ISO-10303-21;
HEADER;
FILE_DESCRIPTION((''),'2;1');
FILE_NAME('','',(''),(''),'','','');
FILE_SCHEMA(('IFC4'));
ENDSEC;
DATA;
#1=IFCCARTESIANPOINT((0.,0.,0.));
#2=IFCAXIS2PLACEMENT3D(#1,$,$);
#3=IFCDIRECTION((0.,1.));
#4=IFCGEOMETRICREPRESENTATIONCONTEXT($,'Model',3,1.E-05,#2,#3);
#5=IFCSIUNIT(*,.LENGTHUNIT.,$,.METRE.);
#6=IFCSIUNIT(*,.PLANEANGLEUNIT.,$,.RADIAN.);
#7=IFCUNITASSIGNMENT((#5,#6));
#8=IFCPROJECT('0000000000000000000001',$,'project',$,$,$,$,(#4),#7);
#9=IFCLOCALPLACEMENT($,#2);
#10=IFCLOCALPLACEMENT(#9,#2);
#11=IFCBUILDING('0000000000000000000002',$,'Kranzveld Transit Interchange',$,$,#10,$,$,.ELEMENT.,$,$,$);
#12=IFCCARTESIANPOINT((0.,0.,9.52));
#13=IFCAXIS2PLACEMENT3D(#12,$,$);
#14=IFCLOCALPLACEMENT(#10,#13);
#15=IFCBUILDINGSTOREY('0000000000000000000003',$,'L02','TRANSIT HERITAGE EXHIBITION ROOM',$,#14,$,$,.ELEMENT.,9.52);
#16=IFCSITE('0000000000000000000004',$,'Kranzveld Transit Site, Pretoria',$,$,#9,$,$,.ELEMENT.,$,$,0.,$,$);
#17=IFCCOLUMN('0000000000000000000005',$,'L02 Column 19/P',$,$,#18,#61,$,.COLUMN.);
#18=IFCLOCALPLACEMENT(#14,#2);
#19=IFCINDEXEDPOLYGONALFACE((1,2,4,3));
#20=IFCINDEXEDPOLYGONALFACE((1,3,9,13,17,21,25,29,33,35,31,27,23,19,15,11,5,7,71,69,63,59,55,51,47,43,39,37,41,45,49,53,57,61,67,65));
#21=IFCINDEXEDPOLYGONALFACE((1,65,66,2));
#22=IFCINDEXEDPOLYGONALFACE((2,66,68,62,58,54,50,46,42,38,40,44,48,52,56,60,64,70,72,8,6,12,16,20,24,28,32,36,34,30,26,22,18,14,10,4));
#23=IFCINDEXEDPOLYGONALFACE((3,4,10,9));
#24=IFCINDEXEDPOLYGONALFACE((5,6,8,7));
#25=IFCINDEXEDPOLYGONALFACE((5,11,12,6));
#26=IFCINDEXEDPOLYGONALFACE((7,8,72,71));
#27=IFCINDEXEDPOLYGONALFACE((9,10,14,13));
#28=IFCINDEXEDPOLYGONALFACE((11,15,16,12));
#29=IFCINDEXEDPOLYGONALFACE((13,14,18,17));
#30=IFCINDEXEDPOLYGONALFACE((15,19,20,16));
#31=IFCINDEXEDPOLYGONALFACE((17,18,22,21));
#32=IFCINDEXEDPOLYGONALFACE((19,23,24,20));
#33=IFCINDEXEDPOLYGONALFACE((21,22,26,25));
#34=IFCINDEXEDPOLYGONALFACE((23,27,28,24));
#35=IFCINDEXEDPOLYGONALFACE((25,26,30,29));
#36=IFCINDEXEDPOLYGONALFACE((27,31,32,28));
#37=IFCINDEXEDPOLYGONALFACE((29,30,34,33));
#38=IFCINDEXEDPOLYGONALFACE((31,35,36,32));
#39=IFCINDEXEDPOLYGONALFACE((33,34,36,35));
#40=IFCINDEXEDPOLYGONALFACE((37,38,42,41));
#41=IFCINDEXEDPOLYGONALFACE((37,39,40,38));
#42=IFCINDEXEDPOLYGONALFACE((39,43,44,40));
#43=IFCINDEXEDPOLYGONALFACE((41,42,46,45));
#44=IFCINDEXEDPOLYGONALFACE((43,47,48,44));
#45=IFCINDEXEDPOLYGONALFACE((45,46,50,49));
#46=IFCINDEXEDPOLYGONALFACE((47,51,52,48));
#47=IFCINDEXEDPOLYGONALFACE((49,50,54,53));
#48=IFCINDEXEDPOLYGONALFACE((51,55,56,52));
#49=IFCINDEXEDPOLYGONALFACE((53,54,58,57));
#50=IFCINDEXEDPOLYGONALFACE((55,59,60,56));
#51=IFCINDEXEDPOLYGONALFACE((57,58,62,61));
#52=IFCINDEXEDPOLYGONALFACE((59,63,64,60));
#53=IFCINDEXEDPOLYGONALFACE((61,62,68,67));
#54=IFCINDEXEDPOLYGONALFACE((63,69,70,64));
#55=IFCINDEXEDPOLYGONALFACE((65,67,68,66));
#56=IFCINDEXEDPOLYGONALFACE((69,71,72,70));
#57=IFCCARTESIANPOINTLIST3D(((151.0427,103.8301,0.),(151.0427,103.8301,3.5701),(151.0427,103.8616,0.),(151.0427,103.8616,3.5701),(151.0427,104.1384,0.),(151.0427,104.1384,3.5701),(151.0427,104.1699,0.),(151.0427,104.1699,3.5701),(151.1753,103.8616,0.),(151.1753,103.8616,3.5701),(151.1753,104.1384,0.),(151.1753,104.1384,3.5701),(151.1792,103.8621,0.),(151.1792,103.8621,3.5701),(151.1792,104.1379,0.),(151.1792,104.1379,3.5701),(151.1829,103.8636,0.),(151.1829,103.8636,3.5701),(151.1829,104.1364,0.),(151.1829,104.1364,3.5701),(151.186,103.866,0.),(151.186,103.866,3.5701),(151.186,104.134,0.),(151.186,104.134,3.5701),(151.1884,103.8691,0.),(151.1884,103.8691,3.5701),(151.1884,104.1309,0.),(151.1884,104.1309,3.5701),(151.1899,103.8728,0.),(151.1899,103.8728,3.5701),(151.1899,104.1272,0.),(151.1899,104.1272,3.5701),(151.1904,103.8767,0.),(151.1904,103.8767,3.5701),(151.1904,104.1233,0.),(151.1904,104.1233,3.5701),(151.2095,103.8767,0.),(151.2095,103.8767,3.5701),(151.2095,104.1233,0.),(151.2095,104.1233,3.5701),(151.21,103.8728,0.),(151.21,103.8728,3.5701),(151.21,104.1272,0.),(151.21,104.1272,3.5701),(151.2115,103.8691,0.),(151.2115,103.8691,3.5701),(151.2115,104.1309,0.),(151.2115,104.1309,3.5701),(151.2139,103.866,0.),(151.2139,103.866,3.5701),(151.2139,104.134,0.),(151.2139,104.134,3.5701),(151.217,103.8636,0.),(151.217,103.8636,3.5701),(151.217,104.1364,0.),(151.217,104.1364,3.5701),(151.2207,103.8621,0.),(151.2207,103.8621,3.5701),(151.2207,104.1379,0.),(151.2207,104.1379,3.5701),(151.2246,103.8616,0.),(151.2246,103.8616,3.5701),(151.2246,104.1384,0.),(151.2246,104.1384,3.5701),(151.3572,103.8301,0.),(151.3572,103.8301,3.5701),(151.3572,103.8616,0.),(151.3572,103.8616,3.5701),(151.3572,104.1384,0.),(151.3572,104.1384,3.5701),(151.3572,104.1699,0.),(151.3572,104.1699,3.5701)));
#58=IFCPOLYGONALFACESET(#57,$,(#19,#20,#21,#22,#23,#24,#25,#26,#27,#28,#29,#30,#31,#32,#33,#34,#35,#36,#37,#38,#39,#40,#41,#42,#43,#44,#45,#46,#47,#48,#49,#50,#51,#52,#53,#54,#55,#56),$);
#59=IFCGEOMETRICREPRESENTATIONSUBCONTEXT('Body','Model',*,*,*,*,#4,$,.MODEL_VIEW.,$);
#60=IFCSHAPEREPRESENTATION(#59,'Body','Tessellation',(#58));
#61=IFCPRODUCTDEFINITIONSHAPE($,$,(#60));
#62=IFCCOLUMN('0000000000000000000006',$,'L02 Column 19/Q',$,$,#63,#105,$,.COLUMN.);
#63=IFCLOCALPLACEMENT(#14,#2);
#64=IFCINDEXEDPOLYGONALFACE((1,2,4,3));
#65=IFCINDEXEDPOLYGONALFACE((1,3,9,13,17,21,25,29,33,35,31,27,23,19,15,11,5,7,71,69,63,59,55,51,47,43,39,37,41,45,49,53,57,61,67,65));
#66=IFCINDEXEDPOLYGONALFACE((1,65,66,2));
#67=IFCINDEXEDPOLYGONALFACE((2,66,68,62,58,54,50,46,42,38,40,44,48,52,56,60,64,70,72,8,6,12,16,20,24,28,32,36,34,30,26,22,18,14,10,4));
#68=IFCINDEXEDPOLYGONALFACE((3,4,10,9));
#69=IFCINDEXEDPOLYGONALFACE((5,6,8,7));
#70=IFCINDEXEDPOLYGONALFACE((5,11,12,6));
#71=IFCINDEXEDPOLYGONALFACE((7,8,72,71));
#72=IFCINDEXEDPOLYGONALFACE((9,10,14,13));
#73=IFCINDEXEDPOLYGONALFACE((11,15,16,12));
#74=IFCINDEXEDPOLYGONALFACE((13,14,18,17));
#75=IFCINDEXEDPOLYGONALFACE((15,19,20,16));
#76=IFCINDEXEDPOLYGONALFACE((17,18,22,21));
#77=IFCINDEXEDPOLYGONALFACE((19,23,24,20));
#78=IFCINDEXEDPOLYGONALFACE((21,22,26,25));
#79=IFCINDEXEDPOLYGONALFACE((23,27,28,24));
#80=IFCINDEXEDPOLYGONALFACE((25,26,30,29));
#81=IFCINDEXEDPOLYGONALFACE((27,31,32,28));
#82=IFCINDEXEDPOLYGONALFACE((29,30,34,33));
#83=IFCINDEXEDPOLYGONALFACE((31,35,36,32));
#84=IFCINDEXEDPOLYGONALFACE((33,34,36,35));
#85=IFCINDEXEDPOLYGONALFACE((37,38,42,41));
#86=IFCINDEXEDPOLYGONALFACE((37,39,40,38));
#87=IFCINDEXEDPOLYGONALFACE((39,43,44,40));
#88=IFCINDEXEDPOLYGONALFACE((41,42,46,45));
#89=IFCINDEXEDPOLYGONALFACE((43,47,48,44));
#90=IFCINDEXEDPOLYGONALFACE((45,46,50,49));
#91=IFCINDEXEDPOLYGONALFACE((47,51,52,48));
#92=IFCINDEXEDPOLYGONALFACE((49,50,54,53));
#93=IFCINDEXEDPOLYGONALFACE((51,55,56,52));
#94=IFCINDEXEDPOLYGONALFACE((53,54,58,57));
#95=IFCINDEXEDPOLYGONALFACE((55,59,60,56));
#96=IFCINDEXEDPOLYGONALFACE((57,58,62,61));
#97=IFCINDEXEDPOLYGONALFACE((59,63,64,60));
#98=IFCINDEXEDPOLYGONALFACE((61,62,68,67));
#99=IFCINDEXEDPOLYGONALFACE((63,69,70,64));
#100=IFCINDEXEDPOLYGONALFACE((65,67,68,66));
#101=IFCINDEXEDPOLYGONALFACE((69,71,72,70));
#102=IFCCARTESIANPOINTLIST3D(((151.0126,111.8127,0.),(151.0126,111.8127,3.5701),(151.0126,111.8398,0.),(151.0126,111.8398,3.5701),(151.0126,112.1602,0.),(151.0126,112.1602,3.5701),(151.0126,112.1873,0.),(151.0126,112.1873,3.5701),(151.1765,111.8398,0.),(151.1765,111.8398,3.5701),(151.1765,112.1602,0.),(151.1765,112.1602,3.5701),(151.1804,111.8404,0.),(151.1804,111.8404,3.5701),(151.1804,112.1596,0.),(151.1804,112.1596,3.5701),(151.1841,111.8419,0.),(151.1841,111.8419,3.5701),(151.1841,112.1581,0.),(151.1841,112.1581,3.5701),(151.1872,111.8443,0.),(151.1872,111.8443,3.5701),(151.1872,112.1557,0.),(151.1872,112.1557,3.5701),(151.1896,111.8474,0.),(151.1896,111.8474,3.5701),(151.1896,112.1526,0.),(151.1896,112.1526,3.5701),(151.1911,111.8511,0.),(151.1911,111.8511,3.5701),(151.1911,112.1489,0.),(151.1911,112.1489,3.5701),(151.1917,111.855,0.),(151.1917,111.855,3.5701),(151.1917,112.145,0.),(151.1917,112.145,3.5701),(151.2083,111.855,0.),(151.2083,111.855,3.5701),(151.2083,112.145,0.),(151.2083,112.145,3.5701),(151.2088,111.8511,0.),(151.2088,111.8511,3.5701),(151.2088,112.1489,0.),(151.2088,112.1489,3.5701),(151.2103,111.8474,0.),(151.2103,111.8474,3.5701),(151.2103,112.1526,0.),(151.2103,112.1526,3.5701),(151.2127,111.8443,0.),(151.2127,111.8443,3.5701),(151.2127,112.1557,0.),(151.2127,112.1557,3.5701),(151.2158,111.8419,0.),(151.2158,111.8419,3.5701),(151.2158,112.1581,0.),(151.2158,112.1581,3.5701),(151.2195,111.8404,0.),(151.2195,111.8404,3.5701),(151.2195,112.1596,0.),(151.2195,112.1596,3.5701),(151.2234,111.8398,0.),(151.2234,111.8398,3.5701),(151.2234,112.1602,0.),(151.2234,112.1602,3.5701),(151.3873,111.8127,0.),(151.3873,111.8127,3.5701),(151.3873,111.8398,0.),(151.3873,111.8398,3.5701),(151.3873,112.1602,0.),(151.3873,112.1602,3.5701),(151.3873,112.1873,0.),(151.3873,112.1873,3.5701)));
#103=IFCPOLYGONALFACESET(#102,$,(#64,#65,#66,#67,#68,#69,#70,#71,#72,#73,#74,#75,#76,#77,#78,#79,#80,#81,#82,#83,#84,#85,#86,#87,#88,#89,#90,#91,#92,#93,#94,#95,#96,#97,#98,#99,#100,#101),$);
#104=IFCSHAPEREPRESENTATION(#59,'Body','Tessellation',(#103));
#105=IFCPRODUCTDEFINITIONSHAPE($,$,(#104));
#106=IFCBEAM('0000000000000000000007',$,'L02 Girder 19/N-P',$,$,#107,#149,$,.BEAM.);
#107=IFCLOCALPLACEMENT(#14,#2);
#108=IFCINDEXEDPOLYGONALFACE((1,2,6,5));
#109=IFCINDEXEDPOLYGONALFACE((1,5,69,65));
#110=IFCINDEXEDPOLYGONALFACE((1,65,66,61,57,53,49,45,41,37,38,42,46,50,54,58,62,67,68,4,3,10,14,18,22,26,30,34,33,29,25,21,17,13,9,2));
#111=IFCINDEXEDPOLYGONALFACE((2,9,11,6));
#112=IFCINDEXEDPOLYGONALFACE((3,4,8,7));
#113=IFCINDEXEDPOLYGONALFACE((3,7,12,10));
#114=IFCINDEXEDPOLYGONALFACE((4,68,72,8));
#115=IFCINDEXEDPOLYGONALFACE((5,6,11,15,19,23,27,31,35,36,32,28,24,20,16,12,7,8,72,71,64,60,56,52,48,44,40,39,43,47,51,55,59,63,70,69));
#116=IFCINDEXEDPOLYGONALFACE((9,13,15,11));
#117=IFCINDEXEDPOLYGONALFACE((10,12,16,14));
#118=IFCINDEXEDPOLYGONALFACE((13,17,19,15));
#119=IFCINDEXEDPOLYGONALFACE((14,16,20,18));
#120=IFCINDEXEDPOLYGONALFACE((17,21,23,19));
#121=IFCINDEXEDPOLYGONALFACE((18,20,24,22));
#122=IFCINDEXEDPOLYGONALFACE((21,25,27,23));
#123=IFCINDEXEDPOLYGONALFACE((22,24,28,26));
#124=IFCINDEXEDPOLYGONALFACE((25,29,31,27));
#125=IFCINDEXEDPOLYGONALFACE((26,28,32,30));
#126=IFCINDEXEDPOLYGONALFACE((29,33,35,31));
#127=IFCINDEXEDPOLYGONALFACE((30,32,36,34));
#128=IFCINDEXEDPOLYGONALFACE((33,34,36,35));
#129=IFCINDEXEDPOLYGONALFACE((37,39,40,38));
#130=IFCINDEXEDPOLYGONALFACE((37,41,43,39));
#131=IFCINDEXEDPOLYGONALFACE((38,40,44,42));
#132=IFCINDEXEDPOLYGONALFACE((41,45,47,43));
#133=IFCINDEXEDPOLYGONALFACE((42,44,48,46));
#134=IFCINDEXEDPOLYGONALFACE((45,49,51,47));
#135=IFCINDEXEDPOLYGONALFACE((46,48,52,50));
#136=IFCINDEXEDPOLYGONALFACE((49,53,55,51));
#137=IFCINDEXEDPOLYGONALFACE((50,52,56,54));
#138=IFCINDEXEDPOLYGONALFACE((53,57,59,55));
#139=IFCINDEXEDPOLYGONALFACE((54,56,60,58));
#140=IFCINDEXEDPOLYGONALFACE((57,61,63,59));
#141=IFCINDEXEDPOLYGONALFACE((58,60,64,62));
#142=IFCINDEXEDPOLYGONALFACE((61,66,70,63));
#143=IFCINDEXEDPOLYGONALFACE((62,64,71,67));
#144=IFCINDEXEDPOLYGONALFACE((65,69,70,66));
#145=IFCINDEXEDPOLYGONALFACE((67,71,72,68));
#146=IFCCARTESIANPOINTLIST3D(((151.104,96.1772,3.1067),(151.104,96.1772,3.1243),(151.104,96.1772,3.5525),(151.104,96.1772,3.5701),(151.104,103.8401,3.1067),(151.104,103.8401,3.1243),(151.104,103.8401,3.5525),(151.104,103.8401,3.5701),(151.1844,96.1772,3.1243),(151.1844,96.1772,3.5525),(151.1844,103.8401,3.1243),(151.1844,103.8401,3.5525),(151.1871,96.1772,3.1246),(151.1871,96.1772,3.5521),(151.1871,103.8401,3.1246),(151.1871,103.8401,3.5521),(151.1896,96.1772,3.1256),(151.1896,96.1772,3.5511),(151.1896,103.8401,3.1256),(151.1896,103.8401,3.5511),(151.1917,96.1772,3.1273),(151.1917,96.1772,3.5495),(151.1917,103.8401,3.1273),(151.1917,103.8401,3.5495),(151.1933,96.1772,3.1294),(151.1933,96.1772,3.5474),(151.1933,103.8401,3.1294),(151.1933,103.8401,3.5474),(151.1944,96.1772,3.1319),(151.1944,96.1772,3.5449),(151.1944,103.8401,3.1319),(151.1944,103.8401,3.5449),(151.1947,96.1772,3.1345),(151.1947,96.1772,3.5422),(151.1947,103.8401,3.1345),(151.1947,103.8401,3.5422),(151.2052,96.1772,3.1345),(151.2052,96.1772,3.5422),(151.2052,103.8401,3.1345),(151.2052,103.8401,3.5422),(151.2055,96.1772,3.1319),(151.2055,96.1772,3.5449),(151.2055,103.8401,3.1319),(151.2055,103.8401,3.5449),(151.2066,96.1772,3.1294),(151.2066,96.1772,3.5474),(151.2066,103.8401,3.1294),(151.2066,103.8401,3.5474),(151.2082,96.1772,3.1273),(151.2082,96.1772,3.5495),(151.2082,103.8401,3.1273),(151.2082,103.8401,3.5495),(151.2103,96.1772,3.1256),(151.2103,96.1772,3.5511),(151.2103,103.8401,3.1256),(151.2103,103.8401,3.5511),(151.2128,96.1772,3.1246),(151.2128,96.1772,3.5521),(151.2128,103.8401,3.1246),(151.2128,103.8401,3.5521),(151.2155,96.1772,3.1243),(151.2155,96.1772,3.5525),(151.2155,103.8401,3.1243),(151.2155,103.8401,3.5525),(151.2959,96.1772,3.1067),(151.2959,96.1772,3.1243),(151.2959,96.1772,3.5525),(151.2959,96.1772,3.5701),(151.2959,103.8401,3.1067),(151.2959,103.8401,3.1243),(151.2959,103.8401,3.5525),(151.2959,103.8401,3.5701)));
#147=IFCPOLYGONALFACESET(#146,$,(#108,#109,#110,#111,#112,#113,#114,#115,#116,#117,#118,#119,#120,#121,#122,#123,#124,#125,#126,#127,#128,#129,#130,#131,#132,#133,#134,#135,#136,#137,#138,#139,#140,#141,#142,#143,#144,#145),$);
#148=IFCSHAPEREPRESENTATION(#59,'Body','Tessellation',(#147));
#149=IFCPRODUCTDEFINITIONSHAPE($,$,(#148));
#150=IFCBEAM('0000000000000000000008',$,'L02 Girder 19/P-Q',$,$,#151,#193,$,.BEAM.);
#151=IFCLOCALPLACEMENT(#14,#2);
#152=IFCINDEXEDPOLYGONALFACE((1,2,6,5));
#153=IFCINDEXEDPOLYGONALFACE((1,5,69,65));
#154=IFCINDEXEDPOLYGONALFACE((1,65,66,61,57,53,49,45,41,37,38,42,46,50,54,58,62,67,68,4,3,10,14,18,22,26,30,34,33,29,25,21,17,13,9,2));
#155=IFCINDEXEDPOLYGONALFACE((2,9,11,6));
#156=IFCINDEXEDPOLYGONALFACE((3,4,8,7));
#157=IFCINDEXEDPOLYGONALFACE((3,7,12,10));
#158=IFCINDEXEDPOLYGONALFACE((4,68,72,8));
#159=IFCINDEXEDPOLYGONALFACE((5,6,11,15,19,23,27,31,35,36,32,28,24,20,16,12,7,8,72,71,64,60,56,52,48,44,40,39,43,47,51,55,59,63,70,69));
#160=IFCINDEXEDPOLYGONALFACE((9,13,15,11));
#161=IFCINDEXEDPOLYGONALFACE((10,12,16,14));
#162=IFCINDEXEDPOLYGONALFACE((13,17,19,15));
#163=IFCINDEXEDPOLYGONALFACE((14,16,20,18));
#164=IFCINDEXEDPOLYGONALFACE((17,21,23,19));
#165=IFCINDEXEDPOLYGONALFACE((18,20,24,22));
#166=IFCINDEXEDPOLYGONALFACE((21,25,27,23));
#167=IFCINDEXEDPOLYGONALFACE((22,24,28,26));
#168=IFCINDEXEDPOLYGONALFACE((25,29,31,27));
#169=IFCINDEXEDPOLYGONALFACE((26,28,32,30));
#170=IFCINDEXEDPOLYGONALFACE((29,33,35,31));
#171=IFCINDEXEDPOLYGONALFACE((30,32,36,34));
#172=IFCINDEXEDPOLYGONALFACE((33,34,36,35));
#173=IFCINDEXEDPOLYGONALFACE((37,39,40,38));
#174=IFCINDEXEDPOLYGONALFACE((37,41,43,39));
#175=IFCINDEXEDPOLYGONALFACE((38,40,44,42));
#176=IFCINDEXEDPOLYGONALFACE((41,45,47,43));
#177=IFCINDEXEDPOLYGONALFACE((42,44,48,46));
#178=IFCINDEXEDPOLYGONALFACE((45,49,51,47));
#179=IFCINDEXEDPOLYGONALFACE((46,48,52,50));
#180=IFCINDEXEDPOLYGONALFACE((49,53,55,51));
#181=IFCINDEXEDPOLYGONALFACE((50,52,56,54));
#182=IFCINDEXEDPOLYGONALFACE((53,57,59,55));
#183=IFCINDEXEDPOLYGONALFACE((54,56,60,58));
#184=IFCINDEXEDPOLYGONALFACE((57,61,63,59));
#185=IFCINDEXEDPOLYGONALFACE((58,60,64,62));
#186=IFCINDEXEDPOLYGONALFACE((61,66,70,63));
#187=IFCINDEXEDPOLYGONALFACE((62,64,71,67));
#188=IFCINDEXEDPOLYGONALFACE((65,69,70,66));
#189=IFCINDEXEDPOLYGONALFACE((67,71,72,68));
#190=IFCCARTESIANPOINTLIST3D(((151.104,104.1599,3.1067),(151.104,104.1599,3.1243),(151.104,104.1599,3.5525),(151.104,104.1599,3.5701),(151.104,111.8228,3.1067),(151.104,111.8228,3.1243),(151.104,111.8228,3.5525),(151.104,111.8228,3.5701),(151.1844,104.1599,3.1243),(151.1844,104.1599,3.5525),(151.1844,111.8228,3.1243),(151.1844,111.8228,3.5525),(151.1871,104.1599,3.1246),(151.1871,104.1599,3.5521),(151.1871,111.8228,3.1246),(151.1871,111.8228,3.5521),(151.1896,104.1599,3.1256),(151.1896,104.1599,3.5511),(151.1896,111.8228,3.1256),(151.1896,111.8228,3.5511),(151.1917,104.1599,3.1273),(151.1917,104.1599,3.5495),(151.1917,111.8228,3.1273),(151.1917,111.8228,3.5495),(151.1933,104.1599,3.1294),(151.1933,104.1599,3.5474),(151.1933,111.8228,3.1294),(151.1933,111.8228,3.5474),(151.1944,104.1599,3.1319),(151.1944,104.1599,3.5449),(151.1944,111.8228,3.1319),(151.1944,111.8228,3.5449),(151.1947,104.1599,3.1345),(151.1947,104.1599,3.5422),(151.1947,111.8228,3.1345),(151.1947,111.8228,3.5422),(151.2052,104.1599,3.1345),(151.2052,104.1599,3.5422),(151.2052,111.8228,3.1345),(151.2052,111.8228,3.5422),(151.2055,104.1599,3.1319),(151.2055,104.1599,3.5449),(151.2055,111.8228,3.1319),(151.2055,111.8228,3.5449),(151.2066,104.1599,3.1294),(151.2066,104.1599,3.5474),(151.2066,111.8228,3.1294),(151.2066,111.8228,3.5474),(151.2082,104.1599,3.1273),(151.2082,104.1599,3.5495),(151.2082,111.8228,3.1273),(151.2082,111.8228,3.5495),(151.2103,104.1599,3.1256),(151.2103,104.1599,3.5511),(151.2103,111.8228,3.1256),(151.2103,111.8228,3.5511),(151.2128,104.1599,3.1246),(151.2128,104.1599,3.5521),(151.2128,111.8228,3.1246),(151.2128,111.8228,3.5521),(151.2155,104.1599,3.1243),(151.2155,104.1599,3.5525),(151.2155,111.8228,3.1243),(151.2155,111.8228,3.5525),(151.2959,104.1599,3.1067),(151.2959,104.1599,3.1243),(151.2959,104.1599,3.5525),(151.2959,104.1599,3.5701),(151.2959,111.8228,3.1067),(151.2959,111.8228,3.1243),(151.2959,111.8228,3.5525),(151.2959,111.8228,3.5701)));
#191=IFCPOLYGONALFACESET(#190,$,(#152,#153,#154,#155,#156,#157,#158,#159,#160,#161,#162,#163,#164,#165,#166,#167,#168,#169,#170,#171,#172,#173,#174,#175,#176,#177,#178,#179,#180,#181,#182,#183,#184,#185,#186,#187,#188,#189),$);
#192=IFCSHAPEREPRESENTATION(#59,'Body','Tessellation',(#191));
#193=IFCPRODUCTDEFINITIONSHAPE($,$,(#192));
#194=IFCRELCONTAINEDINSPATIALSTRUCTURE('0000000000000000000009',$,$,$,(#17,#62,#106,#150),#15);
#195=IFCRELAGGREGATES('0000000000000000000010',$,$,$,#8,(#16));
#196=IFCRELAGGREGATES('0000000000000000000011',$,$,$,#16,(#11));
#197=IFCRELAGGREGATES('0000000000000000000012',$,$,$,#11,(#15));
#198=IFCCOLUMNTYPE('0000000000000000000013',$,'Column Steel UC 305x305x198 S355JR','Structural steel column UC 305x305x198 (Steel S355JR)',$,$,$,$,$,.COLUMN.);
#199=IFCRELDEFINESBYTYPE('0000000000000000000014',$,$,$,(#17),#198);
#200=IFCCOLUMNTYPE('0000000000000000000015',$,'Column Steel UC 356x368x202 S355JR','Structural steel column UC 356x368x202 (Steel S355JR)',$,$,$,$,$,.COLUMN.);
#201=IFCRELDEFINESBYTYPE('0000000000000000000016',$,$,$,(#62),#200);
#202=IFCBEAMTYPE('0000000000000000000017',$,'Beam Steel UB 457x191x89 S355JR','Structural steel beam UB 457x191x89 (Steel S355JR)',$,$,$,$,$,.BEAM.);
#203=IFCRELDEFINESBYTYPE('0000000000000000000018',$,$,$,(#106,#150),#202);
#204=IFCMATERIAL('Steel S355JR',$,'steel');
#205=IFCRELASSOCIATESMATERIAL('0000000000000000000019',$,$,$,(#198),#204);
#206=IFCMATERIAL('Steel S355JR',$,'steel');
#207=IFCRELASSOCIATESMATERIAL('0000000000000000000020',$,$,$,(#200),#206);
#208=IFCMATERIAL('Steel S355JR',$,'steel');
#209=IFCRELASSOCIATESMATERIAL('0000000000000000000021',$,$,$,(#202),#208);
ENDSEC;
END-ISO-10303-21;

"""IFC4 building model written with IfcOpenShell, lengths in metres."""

from ifc_helpers import new_model, si_unit, direction, frame, origin, origin_2d, place, context, subcontext, project, spatial, i_section, extrude, material, material_profile, profile_set, type_object, element, save


model = new_model("IFC4")

# Units and contexts
model_context = context("Model", 3, precision=1e-05, world=origin(), true_north=direction((0.0, 1.0)))
body_context = subcontext(model_context, "Body", "Model", "MODEL_VIEW")
ifc_project = project(units=[si_unit("LENGTHUNIT", "METRE"), si_unit("PLANEANGLEUNIT", "RADIAN")], contexts=[model_context])

# Site, building, storey
site_placement = place(None, origin())
site = spatial("IfcSite", under=ifc_project, at=site_placement, Name="Kranzveld Transit Site, Pretoria", CompositionType="ELEMENT", RefElevation=0.0)
building_placement = place(site_placement, origin())
building = spatial("IfcBuilding", under=site, at=building_placement, Name="Kranzveld Transit Interchange", CompositionType="ELEMENT")
storey_placement = place(building_placement, frame((0.0, 0.0, 9.52)))
storey = spatial("IfcBuildingStorey", under=building, at=storey_placement, Name="L02", Description="TRANSIT HERITAGE EXHIBITION ROOM", CompositionType="ELEMENT", Elevation=9.52)

# Columns
ifc_material_1 = material(Name="Steel S355JR", Category="steel")
ifc_material_profile_1 = material_profile(ifc_material_1, i_section(OverallWidth=0.3145, OverallDepth=0.3398, WebThickness=0.019, FlangeThickness=0.0315, FilletRadius=0.0151, at=origin_2d()), Name="UC 305x305x198")
ifc_profile_set_1 = profile_set([ifc_material_profile_1], Name="Steel S355JR")
column_type_1 = type_object("IfcColumnType", Name="Column Steel UC 305x305x198 S355JR", Description="Structural steel column UC 305x305x198 (Steel S355JR)", PredefinedType="COLUMN", material=ifc_profile_set_1)
column_1_placement = place(storey_placement, frame((151.2, 104.0, 0.0), z_axis=(0.0, 0.0, 1.0), x_axis=(1.0, 0.0, 0.0)))
element("IfcColumn", 1, at=column_1_placement, inside=storey, type_object=column_type_1, Name="L02 Column 19/P", PredefinedType="COLUMN", context=body_context, shape_type="SweptSolid", body=[
    extrude(i_section(OverallWidth=0.3145, OverallDepth=0.3398, WebThickness=0.019, FlangeThickness=0.0315, FilletRadius=0.0151, at=origin_2d()), origin(), (0.0, 0.0, 1.0), 3.5701),
])
ifc_material_2 = material(Name="Steel S355JR", Category="steel")
ifc_material_profile_2 = material_profile(ifc_material_2, i_section(OverallWidth=0.3748, OverallDepth=0.3745, WebThickness=0.0166, FlangeThickness=0.0271, FilletRadius=0.0151, at=origin_2d()), Name="UC 356x368x202")
ifc_profile_set_2 = profile_set([ifc_material_profile_2], Name="Steel S355JR")
column_type_2 = type_object("IfcColumnType", Name="Column Steel UC 356x368x202 S355JR", Description="Structural steel column UC 356x368x202 (Steel S355JR)", PredefinedType="COLUMN", material=ifc_profile_set_2)
column_2_placement = place(storey_placement, frame((151.2, 112.0, 0.0), z_axis=(0.0, 0.0, 1.0), x_axis=(1.0, 0.0, 0.0)))
element("IfcColumn", 2, at=column_2_placement, inside=storey, type_object=column_type_2, Name="L02 Column 19/Q", PredefinedType="COLUMN", context=body_context, shape_type="SweptSolid", body=[
    extrude(i_section(OverallWidth=0.3748, OverallDepth=0.3745, WebThickness=0.0166, FlangeThickness=0.0271, FilletRadius=0.0151, at=origin_2d()), origin(), (0.0, 0.0, 1.0), 3.5701),
])

# Beams
ifc_material_3 = material(Name="Steel S355JR", Category="steel")
ifc_material_profile_3 = material_profile(ifc_material_3, i_section(OverallWidth=0.1919, OverallDepth=0.4634, WebThickness=0.0105, FlangeThickness=0.0176, FilletRadius=0.0103, at=origin_2d()), Name="UB 457x191x89")
ifc_profile_set_3 = profile_set([ifc_material_profile_3], Name="Steel S355JR")
beam_type_1 = type_object("IfcBeamType", Name="Beam Steel UB 457x191x89 S355JR", Description="Structural steel beam UB 457x191x89 (Steel S355JR)", PredefinedType="BEAM", material=ifc_profile_set_3)
for number, where, z_axis, x_axis, name in (
    (3, (151.2, 96.1772, 3.3384), (0.0, 1.0, 0.0), (-1.0, 0.0, 0.0), "L02 Girder 19/N-P"),
    (4, (151.2, 104.1599, 3.3384), (0.0, 1.0, 0.0), (-1.0, 0.0, 0.0), "L02 Girder 19/P-Q"),
):
    element("IfcBeam", number, at=place(storey_placement, frame(where, z_axis=z_axis, x_axis=x_axis)), inside=storey, type_object=beam_type_1, Name=name, PredefinedType="BEAM", context=body_context, shape_type="SweptSolid", body=[
        extrude(i_section(OverallWidth=0.1919, OverallDepth=0.4634, WebThickness=0.0105, FlangeThickness=0.0176, FilletRadius=0.0103, at=origin_2d()), origin(), (0.0, 0.0, 1.0), 7.6628),
    ])

save(model, "model.ifc")
